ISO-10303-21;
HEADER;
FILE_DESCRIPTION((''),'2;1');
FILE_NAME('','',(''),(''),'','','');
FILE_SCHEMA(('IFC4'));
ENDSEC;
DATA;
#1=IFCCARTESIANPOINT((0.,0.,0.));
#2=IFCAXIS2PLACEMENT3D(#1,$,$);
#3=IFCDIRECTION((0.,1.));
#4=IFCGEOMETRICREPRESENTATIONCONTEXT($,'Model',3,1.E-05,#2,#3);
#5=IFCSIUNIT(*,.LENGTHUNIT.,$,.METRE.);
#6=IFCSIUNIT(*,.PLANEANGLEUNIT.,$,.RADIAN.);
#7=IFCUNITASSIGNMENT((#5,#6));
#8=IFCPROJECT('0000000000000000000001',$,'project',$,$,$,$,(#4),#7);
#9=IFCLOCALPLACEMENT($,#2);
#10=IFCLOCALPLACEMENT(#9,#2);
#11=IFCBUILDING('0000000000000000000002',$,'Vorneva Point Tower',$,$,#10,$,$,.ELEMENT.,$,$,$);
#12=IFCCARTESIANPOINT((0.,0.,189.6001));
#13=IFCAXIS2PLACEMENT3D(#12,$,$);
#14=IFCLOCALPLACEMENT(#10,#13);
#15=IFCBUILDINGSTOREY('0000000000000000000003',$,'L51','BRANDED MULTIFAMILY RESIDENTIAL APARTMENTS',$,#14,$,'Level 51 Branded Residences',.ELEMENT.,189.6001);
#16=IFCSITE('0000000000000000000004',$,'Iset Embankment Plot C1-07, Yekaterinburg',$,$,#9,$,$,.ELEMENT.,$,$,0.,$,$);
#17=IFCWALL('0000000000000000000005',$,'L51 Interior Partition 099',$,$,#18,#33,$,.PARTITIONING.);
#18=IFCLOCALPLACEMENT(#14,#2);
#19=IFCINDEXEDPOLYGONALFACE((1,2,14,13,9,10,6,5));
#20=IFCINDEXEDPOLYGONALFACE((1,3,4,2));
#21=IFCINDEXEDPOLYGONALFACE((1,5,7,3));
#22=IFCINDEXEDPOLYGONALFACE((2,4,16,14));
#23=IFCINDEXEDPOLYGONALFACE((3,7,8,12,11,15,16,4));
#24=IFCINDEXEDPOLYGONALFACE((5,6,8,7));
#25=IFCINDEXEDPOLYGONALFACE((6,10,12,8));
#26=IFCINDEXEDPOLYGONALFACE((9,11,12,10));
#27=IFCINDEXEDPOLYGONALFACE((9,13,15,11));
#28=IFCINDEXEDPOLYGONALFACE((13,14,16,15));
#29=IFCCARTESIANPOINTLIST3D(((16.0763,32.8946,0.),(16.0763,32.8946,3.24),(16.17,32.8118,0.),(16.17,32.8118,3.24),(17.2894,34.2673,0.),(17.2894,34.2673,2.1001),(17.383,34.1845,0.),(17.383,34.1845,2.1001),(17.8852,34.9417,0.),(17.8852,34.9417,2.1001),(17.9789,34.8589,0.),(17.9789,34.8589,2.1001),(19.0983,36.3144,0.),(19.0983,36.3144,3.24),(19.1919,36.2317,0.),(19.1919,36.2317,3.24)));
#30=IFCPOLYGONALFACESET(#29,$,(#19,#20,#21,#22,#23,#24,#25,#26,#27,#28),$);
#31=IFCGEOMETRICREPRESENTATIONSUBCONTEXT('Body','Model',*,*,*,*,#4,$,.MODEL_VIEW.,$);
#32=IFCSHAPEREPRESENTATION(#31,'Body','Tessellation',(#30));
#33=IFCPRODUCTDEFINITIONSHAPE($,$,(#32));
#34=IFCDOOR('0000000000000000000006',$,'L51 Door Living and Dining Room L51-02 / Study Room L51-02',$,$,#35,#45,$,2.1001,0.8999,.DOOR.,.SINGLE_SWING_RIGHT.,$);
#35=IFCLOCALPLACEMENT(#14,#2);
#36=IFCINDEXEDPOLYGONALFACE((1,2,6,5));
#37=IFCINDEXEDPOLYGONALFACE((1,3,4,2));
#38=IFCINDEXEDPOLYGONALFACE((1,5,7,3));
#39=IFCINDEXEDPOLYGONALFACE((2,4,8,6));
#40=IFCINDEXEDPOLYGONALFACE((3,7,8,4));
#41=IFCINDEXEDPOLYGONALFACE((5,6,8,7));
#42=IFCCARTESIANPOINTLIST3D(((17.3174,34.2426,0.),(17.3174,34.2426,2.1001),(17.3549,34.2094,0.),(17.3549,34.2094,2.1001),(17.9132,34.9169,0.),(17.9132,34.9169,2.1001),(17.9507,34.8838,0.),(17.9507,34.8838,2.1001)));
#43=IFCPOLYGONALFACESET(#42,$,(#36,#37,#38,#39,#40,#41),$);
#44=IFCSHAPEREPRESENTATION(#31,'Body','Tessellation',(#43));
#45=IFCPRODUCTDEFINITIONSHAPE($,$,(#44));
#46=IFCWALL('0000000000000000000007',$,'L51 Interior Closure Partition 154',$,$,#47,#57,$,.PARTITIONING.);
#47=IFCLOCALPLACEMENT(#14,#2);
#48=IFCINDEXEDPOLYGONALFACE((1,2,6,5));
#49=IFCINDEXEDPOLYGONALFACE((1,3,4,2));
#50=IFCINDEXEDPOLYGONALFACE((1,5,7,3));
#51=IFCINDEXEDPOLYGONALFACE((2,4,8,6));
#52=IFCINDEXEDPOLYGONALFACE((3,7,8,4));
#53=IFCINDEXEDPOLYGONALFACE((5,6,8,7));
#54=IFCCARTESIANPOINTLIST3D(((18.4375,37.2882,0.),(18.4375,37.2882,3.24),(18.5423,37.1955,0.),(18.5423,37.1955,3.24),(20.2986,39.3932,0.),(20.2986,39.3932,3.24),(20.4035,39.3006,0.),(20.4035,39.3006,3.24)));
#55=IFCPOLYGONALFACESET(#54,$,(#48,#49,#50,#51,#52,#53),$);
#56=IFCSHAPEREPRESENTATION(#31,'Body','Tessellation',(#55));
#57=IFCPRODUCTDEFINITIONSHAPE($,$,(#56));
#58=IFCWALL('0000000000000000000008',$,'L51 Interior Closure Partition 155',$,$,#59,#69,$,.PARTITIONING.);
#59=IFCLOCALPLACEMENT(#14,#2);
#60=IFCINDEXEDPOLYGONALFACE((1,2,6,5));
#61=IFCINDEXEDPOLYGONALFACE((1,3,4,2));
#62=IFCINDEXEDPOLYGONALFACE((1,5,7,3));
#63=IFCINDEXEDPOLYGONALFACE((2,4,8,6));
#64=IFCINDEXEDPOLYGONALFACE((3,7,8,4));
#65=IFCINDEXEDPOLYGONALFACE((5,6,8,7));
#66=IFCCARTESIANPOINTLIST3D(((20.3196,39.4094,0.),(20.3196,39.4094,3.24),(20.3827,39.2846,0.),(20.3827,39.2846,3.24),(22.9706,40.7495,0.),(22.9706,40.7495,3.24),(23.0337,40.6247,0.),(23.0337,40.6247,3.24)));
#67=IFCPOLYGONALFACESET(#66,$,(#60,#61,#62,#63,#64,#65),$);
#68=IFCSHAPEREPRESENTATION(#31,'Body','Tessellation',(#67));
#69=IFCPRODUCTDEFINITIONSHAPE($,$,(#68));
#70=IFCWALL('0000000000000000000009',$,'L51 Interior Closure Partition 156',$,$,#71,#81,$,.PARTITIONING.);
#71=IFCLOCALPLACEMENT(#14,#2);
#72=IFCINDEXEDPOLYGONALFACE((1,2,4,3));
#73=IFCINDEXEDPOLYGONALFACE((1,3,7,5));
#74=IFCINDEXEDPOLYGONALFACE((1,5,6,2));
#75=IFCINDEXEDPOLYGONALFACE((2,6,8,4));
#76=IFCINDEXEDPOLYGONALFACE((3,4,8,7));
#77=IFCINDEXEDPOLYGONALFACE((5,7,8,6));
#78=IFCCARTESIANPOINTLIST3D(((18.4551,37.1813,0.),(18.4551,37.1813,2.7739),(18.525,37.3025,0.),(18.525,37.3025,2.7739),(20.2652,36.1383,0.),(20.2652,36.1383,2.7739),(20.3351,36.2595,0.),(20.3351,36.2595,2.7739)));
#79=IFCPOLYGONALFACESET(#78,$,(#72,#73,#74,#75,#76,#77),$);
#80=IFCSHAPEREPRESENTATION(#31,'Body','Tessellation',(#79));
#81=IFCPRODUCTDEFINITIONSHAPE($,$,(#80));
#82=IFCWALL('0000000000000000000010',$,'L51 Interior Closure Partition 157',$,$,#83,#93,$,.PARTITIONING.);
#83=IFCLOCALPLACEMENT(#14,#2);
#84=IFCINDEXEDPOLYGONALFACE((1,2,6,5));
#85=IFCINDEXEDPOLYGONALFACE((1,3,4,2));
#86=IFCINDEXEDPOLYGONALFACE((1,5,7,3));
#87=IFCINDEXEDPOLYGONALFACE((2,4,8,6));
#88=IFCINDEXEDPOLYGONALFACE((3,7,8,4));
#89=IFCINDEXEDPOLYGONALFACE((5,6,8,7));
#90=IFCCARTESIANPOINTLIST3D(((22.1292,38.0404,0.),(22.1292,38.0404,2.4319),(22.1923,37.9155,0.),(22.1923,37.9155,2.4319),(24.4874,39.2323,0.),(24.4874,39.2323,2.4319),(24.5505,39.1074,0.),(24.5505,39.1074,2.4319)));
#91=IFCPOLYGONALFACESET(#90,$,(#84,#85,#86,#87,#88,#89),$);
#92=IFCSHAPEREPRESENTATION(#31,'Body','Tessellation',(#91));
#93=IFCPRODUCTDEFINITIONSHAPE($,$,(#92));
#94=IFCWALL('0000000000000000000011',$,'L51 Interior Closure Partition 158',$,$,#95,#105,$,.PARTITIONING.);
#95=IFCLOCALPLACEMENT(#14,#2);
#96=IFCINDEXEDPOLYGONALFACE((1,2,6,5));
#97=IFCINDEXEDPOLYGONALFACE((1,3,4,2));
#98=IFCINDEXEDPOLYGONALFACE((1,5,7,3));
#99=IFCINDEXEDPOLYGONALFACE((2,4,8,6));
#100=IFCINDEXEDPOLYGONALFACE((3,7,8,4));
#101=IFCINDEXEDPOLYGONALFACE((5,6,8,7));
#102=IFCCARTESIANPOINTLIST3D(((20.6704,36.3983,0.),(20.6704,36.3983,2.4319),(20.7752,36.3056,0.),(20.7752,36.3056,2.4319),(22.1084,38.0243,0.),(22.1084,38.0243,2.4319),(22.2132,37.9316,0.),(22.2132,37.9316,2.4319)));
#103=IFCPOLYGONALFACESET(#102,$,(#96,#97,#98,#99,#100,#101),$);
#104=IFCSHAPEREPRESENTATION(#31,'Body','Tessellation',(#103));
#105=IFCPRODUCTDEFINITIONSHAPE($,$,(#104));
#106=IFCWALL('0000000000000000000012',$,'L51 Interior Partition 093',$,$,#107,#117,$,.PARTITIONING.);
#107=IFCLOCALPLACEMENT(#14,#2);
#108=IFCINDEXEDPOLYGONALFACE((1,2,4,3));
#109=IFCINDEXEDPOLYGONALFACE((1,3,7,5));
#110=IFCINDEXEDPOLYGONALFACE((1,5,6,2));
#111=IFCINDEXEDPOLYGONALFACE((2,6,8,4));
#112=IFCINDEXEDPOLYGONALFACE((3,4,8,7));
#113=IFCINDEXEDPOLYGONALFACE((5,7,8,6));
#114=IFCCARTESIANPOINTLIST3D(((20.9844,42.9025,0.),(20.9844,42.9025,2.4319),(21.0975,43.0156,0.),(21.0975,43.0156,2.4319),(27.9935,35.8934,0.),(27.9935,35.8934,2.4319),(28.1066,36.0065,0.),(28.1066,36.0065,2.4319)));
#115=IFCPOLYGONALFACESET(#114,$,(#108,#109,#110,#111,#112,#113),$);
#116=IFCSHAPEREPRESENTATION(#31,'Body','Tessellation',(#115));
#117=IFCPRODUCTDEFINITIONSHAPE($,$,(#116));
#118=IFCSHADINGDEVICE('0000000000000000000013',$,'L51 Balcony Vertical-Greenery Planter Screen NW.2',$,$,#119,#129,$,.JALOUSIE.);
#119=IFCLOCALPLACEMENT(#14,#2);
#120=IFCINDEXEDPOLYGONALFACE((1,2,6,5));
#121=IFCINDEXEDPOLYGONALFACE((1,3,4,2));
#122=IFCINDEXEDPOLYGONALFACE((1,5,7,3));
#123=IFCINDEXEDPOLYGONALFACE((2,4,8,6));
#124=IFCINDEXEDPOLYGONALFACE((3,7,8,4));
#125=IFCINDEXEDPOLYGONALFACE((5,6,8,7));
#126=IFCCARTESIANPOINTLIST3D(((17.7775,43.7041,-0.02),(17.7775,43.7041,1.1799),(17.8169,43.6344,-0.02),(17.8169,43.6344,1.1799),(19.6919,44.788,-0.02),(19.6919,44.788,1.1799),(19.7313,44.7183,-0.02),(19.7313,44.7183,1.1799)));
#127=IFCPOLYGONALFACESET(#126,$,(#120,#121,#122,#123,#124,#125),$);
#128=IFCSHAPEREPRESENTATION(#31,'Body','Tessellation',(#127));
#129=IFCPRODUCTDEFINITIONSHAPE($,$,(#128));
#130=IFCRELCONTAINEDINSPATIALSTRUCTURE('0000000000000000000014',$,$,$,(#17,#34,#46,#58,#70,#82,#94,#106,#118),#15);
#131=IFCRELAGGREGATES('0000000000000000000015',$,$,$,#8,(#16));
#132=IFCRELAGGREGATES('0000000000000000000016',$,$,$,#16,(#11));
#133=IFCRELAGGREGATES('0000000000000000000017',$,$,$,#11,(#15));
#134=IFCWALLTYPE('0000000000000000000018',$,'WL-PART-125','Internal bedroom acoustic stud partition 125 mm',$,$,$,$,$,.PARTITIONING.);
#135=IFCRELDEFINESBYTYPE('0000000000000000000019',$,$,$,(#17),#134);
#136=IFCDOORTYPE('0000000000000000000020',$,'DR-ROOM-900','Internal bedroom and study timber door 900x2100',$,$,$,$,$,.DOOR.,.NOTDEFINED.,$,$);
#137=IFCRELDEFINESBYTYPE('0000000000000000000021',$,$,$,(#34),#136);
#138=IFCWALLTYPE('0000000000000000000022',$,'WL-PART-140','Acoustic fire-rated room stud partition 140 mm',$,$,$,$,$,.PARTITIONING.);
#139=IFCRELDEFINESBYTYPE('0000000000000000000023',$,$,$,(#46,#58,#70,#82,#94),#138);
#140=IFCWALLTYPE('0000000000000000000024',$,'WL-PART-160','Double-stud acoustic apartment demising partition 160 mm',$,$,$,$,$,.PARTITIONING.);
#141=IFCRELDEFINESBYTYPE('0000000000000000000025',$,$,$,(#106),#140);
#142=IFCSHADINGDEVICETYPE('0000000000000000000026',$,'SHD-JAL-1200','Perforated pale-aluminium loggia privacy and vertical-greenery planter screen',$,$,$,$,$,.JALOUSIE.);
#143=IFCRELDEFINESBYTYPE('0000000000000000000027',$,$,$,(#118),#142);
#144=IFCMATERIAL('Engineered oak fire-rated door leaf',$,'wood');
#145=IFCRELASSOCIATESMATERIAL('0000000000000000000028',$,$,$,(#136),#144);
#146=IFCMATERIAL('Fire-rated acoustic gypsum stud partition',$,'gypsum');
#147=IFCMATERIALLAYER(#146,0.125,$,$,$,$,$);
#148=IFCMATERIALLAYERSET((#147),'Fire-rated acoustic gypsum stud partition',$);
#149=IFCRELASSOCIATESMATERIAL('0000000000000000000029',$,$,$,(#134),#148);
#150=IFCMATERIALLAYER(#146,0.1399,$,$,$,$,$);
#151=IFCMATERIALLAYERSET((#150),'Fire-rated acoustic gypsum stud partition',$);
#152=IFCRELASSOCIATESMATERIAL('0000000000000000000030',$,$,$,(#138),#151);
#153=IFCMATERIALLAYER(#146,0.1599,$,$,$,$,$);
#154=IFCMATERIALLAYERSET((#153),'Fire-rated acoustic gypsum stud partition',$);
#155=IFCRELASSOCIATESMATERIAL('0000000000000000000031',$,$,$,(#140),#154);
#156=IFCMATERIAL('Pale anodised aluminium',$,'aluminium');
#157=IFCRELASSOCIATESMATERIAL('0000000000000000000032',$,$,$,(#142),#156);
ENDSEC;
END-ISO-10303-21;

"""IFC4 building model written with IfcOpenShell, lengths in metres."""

from ifc_helpers import new_model, si_unit, direction, frame, frame_2d, origin, origin_2d, place, context, subcontext, project, spatial, rectangle, extrude, material, layer, layer_set, type_object, element, fill, save


model = new_model("IFC4")

# Units and contexts
model_context = context("Model", 3, precision=1e-05, world=origin(), true_north=direction((0.0, 1.0)))
body_context = subcontext(model_context, "Body", "Model", "MODEL_VIEW")
ifc_project = project(units=[si_unit("LENGTHUNIT", "METRE"), si_unit("PLANEANGLEUNIT", "RADIAN")], contexts=[model_context])

# Site, building, storey
site_placement = place(None, origin())
site = spatial("IfcSite", under=ifc_project, at=site_placement, Name="Iset Embankment Plot C1-07, Yekaterinburg", CompositionType="ELEMENT", RefElevation=0.0)
building_placement = place(site_placement, origin())
building = spatial("IfcBuilding", under=site, at=building_placement, Name="Vorneva Point Tower", CompositionType="ELEMENT")
storey_placement = place(building_placement, frame((0.0, 0.0, 189.6001)))
storey = spatial("IfcBuildingStorey", under=building, at=storey_placement, Name="L51", Description="BRANDED MULTIFAMILY RESIDENTIAL APARTMENTS", LongName="Level 51 Branded Residences", CompositionType="ELEMENT", Elevation=189.6001)

# Shared definitions
ifc_material_1 = material(Name="Pale anodised aluminium", Category="aluminium")

# Shared definitions
ifc_material_2 = material(Name="Fire-rated acoustic gypsum stud partition", Category="gypsum")
ifc_material_3 = material(Name="Engineered oak fire-rated door leaf", Category="wood")
door_type_1 = type_object("IfcDoorType", Name="DR-ROOM-900", Description="Internal bedroom and study timber door 900x2100", OperationType="NOTDEFINED", PredefinedType="DOOR", material=ifc_material_3)

# Shared definitions
ifc_layer_1 = layer(ifc_material_2, 0.125)
ifc_layer_set_1 = layer_set([ifc_layer_1], Name="Fire-rated acoustic gypsum stud partition")
wall_type_1 = type_object("IfcWallType", Name="WL-PART-125", Description="Internal bedroom acoustic stud partition 125 mm", PredefinedType="PARTITIONING", material=ifc_layer_set_1)

# Wall, opening, door
wall_1_placement = place(storey_placement, frame((19.145, 36.2729, 0.0), z_axis=(0.0, 0.0, 1.0), x_axis=(-0.662163, -0.74936, 0.0)))
wall_1 = element("IfcWall", 1, at=wall_1_placement, inside=storey, type_object=wall_type_1, Name="L51 Interior Partition 099", PredefinedType="PARTITIONING", context=body_context, shape_type="SweptSolid", body=[
    extrude(rectangle(XDim=4.5637, YDim=0.125, at=frame_2d((2.2817, 0.0))), origin(), (0.0, 0.0, 1.0), 3.24),
])
opening_1_placement = place(wall_1_placement, frame((1.8318, 0.0, 0.0)))
opening_1 = element("IfcOpeningElement", 2, at=opening_1_placement, cuts=wall_1, PredefinedType="OPENING", context=body_context, shape_type="SweptSolid", body=[
    extrude(rectangle(XDim=0.8999, YDim=2.1001, at=frame_2d((0.45, 1.05))), frame((0.0, 0.0774, 0.0), z_axis=(0.0, -1.0, 0.0), x_axis=(1.0, 0.0, 0.0)), (0.0, 0.0, 1.0), 0.1548),
])
door_1_placement = place(opening_1_placement, origin())
door_1 = element("IfcDoor", 3, at=door_1_placement, inside=storey, type_object=door_type_1, Name="L51 Door Living and Dining Room L51-02 / Study Room L51-02", OperationType="SINGLE_SWING_RIGHT", OverallHeight=2.1001, OverallWidth=0.8999, PredefinedType="DOOR", context=body_context, shape_type="SweptSolid", body=[
    extrude(rectangle(XDim=0.8999, YDim=2.1001, at=frame_2d((0.45, 1.05))), frame((0.0, 0.0249, 0.0), z_axis=(0.0, -1.0, 0.0), x_axis=(1.0, 0.0, 0.0)), (0.0, 0.0, 1.0), 0.05),
])
fill(opening_1, door_1)

# Walls
ifc_layer_2 = layer(ifc_material_2, 0.1399)
ifc_layer_set_2 = layer_set([ifc_layer_2], Name="Fire-rated acoustic gypsum stud partition")
wall_type_2 = type_object("IfcWallType", Name="WL-PART-140", Description="Acoustic fire-rated room stud partition 140 mm", PredefinedType="PARTITIONING", material=ifc_layer_set_2)
wall_2_placement = place(storey_placement, frame((18.49, 37.2419, 0.0), z_axis=(0.0, 0.0, 1.0), x_axis=(0.662371, 0.749176, 0.0)))
element("IfcWall", 4, at=wall_2_placement, inside=storey, type_object=wall_type_2, Name="L51 Interior Closure Partition 154", PredefinedType="PARTITIONING", context=body_context, shape_type="SweptSolid", body=[
    extrude(rectangle(XDim=2.8098, YDim=0.1399, at=frame_2d((1.4048, 0.0))), origin(), (0.0, 0.0, 1.0), 3.24),
])
wall_3_placement = place(storey_placement, frame((20.3511, 39.3469, 0.0), z_axis=(0.0, 0.0, 1.0), x_axis=(0.892446, 0.451154, 0.0)))
element("IfcWall", 5, at=wall_3_placement, inside=storey, type_object=wall_type_2, Name="L51 Interior Closure Partition 155", PredefinedType="PARTITIONING", context=body_context, shape_type="SweptSolid", body=[
    extrude(rectangle(XDim=2.9705, YDim=0.1399, at=frame_2d((1.4854, 0.0))), origin(), (0.0, 0.0, 1.0), 3.24),
])
wall_4_placement = place(storey_placement, frame((20.3, 36.199, 0.0), z_axis=(0.0, 0.0, 1.0), x_axis=(-0.866454, 0.499257, 0.0)))
element("IfcWall", 6, at=wall_4_placement, inside=storey, type_object=wall_type_2, Name="L51 Interior Closure Partition 156", PredefinedType="PARTITIONING", context=body_context, shape_type="SweptSolid", body=[
    extrude(rectangle(XDim=2.0891, YDim=0.1399, at=frame_2d((1.0444, 0.0))), origin(), (0.0, 0.0, 1.0), 2.7739),
])
wall_5_placement = place(storey_placement, frame((24.519, 39.1699, 0.0), z_axis=(0.0, 0.0, 1.0), x_axis=(-0.892478, -0.45109, 0.0)))
element("IfcWall", 7, at=wall_5_placement, inside=storey, type_object=wall_type_2, Name="L51 Interior Closure Partition 157", PredefinedType="PARTITIONING", context=body_context, shape_type="SweptSolid", body=[
    extrude(rectangle(XDim=2.6423, YDim=0.1399, at=frame_2d((1.3213, 0.0))), origin(), (0.0, 0.0, 1.0), 2.4319),
])
wall_6_placement = place(storey_placement, frame((22.1609, 37.978, 0.0), z_axis=(0.0, 0.0, 1.0), x_axis=(-0.662477, -0.749082, 0.0)))
element("IfcWall", 8, at=wall_6_placement, inside=storey, type_object=wall_type_2, Name="L51 Interior Closure Partition 158", PredefinedType="PARTITIONING", context=body_context, shape_type="SweptSolid", body=[
    extrude(rectangle(XDim=2.1707, YDim=0.1399, at=frame_2d((1.0854, 0.0))), origin(), (0.0, 0.0, 1.0), 2.4319),
])
ifc_layer_3 = layer(ifc_material_2, 0.1599)
ifc_layer_set_3 = layer_set([ifc_layer_3], Name="Fire-rated acoustic gypsum stud partition")
wall_type_3 = type_object("IfcWallType", Name="WL-PART-160", Description="Double-stud acoustic apartment demising partition 160 mm", PredefinedType="PARTITIONING", material=ifc_layer_set_3)
wall_7_placement = place(storey_placement, frame((21.041, 42.959, 0.0), z_axis=(0.0, 0.0, 1.0), x_axis=(0.707107, -0.707107, 0.0)))
element("IfcWall", 9, at=wall_7_placement, inside=storey, type_object=wall_type_3, Name="L51 Interior Partition 093", PredefinedType="PARTITIONING", context=body_context, shape_type="SweptSolid", body=[
    extrude(rectangle(XDim=9.9124, YDim=0.1599, at=frame_2d((4.9561, 0.0))), origin(), (0.0, 0.0, 1.0), 2.4319),
])

# Shading device
shading_device_type = type_object("IfcShadingDeviceType", Name="SHD-JAL-1200", Description="Perforated pale-aluminium loggia privacy and vertical-greenery planter screen", PredefinedType="JALOUSIE", material=ifc_material_1)
shading_device_placement = place(storey_placement, frame((18.7544, 44.2112, -0.02), z_axis=(0.0, 0.0, 1.0), x_axis=(-0.87021, -0.492682, 0.0)))
element("IfcShadingDevice", 10, at=shading_device_placement, inside=storey, type_object=shading_device_type, Name="L51 Balcony Vertical-Greenery Planter Screen NW.2", PredefinedType="JALOUSIE", context=body_context, shape_type="SweptSolid", body=[
    extrude(rectangle(XDim=2.2, YDim=0.0801, at=origin_2d()), origin(), (0.0, 0.0, 1.0), 1.2),
])

save(model, "model.ifc")
